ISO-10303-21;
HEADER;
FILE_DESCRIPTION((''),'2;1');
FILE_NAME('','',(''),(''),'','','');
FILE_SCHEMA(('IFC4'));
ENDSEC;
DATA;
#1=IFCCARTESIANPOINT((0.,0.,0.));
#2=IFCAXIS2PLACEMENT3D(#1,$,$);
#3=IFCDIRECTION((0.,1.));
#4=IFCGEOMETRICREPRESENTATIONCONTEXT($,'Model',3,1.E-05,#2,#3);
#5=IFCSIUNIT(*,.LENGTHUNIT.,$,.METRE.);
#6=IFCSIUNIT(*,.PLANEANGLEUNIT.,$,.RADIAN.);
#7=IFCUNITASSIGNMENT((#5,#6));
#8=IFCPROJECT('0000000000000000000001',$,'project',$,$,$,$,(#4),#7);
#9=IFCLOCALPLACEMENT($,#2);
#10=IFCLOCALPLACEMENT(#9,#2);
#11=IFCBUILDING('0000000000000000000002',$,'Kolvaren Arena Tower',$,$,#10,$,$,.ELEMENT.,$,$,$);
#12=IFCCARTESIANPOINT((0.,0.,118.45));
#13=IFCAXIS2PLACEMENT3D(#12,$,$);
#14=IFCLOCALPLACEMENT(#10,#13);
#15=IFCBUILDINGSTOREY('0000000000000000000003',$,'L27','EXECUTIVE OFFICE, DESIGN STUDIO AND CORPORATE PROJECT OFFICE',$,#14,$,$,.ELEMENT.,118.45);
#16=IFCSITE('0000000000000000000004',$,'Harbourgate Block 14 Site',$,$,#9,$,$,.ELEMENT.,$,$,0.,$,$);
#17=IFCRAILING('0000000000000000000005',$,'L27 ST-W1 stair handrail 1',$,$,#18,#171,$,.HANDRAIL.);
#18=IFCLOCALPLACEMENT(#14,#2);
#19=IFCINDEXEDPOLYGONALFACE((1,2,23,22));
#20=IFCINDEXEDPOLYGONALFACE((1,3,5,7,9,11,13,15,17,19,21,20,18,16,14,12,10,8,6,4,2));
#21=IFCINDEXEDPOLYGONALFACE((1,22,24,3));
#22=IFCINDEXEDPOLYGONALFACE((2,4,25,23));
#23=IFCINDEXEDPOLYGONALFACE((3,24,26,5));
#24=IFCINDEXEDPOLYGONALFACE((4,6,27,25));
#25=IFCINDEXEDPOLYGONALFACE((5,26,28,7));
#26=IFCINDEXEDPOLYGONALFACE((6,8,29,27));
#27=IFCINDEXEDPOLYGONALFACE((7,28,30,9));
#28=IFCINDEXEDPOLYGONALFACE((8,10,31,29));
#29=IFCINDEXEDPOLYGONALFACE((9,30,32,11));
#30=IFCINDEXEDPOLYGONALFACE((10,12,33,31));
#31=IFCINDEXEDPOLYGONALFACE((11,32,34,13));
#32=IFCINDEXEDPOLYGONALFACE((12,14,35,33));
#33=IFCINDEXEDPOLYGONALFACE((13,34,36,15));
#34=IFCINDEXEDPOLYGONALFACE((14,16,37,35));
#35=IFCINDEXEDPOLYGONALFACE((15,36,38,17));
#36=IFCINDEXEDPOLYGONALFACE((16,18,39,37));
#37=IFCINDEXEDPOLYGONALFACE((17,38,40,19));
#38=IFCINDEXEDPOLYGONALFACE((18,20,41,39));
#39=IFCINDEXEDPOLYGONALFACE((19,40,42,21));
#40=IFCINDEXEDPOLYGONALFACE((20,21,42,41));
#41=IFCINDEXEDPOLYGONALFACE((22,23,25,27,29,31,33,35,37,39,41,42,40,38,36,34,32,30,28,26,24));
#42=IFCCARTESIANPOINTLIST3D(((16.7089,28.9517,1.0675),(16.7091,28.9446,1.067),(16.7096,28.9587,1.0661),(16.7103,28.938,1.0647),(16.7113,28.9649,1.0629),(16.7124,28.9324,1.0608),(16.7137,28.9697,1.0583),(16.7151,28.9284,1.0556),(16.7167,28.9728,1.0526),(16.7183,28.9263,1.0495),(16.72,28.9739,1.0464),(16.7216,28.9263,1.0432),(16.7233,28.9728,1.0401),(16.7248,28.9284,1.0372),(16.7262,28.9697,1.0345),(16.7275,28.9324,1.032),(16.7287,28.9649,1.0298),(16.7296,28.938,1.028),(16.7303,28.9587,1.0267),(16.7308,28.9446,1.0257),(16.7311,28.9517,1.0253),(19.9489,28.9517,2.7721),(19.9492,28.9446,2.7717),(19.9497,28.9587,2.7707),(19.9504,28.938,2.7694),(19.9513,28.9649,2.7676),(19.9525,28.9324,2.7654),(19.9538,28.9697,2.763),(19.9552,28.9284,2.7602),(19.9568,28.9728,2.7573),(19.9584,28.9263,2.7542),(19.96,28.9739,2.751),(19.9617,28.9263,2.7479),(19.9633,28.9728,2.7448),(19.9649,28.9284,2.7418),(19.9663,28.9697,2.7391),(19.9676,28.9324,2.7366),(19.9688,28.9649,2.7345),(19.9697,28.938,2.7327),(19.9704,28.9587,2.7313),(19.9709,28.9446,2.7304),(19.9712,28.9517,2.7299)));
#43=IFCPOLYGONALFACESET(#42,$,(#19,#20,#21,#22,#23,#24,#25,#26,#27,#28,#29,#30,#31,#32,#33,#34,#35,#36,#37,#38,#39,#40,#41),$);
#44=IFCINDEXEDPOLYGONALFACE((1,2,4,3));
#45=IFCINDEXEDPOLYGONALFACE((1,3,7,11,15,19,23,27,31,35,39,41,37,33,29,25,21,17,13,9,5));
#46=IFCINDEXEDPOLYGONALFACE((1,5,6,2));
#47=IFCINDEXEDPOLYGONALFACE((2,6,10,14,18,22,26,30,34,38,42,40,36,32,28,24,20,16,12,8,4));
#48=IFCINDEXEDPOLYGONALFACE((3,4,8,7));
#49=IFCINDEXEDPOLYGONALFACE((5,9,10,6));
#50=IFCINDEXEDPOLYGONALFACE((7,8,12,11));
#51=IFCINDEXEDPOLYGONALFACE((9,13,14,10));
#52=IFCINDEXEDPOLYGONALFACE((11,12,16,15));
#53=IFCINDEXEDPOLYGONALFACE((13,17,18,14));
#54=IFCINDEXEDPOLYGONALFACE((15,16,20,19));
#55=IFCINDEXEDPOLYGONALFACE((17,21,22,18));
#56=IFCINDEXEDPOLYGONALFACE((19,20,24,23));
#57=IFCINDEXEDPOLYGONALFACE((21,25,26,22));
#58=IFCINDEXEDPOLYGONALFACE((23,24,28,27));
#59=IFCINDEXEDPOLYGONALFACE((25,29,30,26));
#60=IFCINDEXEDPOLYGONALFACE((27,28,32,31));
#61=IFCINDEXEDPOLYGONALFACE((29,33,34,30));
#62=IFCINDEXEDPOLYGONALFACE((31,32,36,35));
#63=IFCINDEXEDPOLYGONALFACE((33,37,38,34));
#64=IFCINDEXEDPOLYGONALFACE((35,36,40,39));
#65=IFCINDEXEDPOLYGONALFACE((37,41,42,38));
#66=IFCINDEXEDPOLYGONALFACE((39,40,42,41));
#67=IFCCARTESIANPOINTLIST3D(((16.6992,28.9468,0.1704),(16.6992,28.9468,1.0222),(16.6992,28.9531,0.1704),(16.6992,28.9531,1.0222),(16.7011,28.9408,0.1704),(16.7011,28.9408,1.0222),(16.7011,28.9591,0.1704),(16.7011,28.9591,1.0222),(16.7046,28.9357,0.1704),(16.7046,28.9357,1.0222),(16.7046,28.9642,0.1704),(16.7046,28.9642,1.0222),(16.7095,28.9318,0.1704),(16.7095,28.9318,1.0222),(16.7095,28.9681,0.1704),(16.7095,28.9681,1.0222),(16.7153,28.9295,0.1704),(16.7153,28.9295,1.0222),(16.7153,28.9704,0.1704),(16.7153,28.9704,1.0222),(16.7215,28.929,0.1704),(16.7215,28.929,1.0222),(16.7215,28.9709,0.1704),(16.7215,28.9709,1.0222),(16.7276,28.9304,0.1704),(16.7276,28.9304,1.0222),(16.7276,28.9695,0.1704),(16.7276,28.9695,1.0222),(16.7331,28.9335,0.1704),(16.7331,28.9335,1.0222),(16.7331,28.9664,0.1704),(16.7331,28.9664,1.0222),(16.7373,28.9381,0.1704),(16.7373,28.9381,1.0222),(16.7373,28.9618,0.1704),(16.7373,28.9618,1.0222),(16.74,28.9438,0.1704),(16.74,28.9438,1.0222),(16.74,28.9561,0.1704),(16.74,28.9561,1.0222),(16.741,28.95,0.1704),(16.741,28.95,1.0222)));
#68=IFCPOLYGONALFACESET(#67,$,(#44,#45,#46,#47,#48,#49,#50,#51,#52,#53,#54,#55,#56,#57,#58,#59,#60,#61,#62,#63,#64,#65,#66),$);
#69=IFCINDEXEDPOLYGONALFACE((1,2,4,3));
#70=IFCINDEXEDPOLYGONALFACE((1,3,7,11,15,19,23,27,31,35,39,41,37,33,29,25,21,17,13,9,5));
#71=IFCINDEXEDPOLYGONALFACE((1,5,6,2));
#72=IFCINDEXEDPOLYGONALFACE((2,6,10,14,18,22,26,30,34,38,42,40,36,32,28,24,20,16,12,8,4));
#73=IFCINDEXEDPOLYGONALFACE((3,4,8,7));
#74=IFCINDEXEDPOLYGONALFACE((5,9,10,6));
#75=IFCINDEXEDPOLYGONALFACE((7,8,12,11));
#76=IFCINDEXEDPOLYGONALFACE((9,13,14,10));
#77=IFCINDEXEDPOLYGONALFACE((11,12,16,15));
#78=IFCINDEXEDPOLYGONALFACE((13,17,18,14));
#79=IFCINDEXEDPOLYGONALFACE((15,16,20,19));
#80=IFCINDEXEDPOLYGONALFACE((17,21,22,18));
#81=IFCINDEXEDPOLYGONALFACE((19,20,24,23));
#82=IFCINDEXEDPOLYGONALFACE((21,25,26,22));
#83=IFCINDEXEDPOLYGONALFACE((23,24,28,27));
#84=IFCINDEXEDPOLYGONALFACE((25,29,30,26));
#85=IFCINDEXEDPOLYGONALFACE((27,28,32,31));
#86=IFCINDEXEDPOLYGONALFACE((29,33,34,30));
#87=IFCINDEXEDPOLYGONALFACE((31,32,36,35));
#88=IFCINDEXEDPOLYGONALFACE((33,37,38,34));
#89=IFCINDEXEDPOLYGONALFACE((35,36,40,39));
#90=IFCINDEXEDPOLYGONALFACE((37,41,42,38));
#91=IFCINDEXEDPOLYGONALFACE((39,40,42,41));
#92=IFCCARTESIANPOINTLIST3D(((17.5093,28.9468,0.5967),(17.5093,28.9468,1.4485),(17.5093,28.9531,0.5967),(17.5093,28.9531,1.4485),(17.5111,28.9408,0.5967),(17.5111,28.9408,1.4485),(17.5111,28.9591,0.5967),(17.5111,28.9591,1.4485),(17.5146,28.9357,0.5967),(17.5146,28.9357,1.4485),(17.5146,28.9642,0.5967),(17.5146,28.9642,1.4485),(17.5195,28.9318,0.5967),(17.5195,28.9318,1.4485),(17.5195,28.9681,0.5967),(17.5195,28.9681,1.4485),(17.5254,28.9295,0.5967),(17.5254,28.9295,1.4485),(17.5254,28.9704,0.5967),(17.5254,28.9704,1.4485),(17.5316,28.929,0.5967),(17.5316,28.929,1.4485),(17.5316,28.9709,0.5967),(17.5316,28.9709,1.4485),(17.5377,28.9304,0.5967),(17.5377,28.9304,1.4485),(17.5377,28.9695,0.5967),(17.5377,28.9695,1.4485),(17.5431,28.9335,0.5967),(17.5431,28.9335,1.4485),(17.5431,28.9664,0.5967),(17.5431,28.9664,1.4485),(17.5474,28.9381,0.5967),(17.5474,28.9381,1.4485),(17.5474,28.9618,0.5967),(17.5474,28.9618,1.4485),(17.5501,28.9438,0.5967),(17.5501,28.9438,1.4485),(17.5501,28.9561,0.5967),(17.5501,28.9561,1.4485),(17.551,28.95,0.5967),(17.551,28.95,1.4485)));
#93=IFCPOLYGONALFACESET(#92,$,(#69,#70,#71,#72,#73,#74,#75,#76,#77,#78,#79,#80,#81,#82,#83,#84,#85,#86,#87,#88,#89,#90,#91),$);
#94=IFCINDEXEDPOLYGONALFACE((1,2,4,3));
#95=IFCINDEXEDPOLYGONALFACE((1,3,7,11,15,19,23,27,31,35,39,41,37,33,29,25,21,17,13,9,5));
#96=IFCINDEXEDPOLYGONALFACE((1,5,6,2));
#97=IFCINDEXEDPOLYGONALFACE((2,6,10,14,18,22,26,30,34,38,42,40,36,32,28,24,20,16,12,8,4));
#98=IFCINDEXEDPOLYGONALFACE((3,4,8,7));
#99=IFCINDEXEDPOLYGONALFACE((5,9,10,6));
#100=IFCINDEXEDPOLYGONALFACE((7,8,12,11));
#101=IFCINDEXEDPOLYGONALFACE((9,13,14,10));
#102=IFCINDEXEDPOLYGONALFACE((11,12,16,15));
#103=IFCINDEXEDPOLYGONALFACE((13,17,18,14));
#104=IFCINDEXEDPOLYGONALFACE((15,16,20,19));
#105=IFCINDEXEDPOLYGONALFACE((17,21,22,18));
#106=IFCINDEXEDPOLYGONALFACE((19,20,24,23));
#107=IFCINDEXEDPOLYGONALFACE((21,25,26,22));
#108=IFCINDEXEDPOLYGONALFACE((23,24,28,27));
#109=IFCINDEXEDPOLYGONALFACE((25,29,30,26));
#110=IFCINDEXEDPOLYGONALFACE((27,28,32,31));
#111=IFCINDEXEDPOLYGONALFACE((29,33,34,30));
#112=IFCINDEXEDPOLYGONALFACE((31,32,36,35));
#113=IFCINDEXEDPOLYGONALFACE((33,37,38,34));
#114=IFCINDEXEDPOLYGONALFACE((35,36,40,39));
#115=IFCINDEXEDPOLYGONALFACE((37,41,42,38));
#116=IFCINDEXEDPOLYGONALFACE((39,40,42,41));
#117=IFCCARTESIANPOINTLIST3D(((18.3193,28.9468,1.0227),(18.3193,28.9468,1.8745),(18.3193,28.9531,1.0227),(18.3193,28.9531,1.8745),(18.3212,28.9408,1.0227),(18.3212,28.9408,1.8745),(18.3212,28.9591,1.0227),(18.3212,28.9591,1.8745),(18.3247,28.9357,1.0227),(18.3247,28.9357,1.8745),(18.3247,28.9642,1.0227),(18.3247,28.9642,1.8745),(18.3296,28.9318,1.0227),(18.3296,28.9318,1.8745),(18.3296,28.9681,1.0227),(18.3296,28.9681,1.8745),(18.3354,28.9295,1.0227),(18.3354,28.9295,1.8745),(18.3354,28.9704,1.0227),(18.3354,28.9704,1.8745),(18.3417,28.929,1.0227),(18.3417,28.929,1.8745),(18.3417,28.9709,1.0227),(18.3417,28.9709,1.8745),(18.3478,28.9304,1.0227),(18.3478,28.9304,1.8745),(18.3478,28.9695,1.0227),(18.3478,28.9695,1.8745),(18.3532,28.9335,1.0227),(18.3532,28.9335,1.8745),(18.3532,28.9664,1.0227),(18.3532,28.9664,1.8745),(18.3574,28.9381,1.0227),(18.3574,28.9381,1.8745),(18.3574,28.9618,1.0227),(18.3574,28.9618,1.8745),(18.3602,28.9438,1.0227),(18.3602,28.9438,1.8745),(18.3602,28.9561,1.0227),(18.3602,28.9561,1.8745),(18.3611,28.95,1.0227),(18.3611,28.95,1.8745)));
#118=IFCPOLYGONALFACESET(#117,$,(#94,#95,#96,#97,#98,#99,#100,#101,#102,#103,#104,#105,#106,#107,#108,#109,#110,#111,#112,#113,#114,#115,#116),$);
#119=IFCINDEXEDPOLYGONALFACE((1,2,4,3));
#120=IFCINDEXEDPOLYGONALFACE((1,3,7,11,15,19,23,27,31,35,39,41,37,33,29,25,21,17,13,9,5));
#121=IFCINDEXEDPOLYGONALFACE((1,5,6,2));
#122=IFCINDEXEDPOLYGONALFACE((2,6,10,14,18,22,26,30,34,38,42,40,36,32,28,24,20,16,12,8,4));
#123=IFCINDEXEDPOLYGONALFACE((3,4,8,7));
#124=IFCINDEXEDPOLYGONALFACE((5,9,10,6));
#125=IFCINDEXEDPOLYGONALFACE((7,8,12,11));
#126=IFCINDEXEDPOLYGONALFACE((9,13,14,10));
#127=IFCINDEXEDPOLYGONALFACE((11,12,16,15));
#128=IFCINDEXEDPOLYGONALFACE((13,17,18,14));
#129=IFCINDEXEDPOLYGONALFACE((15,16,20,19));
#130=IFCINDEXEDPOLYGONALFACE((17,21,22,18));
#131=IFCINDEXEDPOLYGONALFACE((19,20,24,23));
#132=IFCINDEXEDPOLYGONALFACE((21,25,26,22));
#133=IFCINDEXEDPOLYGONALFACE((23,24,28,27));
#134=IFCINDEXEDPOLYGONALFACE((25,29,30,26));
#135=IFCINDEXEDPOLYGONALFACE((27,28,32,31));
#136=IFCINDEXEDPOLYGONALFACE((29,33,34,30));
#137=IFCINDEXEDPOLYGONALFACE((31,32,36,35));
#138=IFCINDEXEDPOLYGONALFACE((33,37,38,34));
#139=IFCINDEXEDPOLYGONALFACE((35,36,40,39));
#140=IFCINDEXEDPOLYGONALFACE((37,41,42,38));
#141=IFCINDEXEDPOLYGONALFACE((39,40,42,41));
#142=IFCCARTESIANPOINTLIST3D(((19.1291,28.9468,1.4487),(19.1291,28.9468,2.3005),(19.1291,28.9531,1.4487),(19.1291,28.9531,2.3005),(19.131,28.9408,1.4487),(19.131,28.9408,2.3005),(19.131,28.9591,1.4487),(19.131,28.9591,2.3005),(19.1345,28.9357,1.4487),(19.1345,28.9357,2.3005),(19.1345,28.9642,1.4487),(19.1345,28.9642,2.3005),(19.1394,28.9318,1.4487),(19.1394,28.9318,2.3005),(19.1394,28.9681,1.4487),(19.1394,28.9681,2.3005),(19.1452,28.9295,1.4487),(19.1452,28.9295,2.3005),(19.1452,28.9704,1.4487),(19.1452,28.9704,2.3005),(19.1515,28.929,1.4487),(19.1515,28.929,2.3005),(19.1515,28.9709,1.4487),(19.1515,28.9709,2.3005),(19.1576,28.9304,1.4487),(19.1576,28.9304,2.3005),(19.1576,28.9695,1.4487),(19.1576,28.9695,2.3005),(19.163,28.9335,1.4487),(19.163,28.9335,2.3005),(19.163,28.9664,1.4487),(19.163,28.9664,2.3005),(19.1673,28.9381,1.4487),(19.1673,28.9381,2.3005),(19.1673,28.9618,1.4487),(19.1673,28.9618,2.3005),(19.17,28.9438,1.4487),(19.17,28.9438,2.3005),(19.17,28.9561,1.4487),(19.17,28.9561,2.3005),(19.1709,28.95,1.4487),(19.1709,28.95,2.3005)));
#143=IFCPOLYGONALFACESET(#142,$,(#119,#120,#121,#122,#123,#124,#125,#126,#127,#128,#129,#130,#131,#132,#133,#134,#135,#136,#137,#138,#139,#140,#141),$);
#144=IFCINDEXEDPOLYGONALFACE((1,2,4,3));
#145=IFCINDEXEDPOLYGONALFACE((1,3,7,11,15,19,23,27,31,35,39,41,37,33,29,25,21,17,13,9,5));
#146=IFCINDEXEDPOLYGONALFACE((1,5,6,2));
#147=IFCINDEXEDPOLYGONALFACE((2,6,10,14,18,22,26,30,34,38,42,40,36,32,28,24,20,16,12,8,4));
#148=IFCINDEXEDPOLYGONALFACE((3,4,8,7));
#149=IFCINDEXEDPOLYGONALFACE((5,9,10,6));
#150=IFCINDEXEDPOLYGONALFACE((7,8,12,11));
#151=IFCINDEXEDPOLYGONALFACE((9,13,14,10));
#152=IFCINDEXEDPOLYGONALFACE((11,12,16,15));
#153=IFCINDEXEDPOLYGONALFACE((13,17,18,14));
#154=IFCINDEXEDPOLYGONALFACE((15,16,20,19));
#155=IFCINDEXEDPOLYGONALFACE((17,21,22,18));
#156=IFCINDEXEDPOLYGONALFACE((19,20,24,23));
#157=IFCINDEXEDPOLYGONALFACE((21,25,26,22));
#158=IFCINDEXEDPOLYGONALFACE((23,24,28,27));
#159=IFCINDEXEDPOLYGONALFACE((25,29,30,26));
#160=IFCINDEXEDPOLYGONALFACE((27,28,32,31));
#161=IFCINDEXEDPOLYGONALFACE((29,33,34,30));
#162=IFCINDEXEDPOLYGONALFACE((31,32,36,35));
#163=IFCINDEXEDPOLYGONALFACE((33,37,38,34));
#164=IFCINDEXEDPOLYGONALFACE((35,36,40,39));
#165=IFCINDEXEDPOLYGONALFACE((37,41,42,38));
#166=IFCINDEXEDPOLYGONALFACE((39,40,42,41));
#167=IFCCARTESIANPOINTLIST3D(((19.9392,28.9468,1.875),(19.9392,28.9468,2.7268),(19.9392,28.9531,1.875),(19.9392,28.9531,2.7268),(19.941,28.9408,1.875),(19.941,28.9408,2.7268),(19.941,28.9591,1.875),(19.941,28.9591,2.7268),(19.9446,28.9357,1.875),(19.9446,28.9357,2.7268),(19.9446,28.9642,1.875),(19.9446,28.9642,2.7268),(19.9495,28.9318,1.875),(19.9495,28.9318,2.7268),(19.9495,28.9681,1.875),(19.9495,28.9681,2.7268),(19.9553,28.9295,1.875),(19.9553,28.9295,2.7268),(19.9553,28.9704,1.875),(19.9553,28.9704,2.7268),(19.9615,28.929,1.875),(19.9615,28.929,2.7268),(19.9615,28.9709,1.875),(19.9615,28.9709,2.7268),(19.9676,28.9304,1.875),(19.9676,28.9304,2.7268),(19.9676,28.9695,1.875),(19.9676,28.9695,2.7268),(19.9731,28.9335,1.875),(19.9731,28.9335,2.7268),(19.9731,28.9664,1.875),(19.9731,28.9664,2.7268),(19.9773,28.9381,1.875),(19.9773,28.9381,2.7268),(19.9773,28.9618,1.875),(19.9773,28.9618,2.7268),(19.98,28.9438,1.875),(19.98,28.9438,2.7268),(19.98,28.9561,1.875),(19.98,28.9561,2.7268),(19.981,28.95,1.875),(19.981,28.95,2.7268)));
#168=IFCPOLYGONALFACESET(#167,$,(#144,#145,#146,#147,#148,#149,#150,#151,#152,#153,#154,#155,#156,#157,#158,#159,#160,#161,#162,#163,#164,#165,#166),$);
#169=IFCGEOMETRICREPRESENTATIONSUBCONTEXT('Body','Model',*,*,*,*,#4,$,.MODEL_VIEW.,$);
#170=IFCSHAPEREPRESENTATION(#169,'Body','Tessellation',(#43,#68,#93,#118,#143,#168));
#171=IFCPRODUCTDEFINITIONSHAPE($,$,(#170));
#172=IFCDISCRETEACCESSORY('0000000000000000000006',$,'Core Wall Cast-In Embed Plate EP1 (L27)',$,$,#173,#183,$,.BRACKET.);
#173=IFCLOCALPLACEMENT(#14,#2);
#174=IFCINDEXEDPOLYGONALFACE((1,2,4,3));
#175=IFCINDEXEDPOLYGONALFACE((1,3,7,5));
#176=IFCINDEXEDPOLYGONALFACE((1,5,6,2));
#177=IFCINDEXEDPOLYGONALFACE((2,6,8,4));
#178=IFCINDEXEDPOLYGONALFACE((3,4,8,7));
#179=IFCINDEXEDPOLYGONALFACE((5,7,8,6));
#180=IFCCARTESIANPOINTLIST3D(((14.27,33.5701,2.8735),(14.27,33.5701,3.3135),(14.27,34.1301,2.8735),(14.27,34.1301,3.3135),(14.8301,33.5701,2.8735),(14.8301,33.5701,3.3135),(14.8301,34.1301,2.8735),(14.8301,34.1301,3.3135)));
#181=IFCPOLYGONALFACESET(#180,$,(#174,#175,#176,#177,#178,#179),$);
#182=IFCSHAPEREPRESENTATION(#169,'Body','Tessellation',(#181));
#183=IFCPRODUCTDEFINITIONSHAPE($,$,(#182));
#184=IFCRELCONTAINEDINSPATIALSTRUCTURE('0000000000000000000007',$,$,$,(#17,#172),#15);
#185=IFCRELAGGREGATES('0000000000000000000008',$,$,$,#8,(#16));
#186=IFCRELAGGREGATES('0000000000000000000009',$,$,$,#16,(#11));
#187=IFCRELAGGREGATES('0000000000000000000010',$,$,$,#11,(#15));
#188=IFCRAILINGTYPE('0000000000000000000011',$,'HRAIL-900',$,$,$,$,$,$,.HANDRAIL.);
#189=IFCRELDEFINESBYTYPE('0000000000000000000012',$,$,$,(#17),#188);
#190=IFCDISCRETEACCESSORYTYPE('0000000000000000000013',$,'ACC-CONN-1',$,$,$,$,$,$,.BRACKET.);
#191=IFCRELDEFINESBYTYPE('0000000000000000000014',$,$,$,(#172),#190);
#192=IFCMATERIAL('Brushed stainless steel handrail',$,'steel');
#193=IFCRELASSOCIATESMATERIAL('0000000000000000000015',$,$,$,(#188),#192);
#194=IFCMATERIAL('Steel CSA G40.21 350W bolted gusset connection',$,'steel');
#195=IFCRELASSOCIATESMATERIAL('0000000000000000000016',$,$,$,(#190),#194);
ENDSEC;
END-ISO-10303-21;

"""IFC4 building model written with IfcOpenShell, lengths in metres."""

from ifc_helpers import new_model, si_unit, direction, frame, origin, origin_2d, place, context, subcontext, project, spatial, rectangle, circle, extrude, material, type_object, element, save


model = new_model("IFC4")

# Units and contexts
model_context = context("Model", 3, precision=1e-05, world=origin(), true_north=direction((0.0, 1.0)))
body_context = subcontext(model_context, "Body", "Model", "MODEL_VIEW")
ifc_project = project(units=[si_unit("LENGTHUNIT", "METRE"), si_unit("PLANEANGLEUNIT", "RADIAN")], contexts=[model_context])

# Site, building, storey
site_placement = place(None, origin())
site = spatial("IfcSite", under=ifc_project, at=site_placement, Name="Harbourgate Block 14 Site", CompositionType="ELEMENT", RefElevation=0.0)
building_placement = place(site_placement, origin())
building = spatial("IfcBuilding", under=site, at=building_placement, Name="Kolvaren Arena Tower", CompositionType="ELEMENT")
storey_placement = place(building_placement, frame((0.0, 0.0, 118.45)))
storey = spatial("IfcBuildingStorey", under=building, at=storey_placement, Name="L27", Description="EXECUTIVE OFFICE, DESIGN STUDIO AND CORPORATE PROJECT OFFICE", CompositionType="ELEMENT", Elevation=118.45)

# Railing
ifc_material_1 = material(Name="Brushed stainless steel handrail", Category="steel")
railing_type_1 = type_object("IfcRailingType", Name="HRAIL-900", PredefinedType="HANDRAIL", material=ifc_material_1)
railing_1_placement = place(storey_placement, frame((16.72, 28.95, 0.1704)))
element("IfcRailing", 1, at=railing_1_placement, inside=storey, type_object=railing_type_1, Name="L27 ST-W1 stair handrail 1", PredefinedType="HANDRAIL", context=body_context, shape_type="SweptSolid", body=[
    extrude(circle(Radius=0.0239, at=origin_2d()), frame((0.0, 0.0, 0.876), z_axis=(0.884993, 0.0, 0.465604), x_axis=(0.0, 1.0, 0.0)), (0.0, 0.0, 1.0), 3.6611),
    extrude(circle(Radius=0.021, at=origin_2d()), origin(), (0.0, 0.0, 1.0), 0.8518),
    extrude(circle(Radius=0.021, at=origin_2d()), frame((0.8101, 0.0, 0.4263)), (0.0, 0.0, 1.0), 0.8518),
    extrude(circle(Radius=0.021, at=origin_2d()), frame((1.6201, 0.0, 0.8523)), (0.0, 0.0, 1.0), 0.8518),
    extrude(circle(Radius=0.021, at=origin_2d()), frame((2.4299, 0.0, 1.2783)), (0.0, 0.0, 1.0), 0.8518),
    extrude(circle(Radius=0.021, at=origin_2d()), frame((3.24, 0.0, 1.7046)), (0.0, 0.0, 1.0), 0.8518),
])

# Discrete accessory
ifc_material_2 = material(Name="Steel CSA G40.21 350W bolted gusset connection", Category="steel")
discrete_accessory_type = type_object("IfcDiscreteAccessoryType", Name="ACC-CONN-1", PredefinedType="BRACKET", material=ifc_material_2)
discrete_accessory_placement = place(storey_placement, frame((14.55, 33.8501, 2.8735), z_axis=(0.0, 0.0, 1.0), x_axis=(1.0, 0.0, 0.0)))
element("IfcDiscreteAccessory", 2, at=discrete_accessory_placement, inside=storey, type_object=discrete_accessory_type, Name="Core Wall Cast-In Embed Plate EP1 (L27)", PredefinedType="BRACKET", context=body_context, shape_type="SweptSolid", body=[
    extrude(rectangle(XDim=0.5601, YDim=0.5601, at=origin_2d()), origin(), (0.0, 0.0, 1.0), 0.4399),
])

save(model, "model.ifc")
